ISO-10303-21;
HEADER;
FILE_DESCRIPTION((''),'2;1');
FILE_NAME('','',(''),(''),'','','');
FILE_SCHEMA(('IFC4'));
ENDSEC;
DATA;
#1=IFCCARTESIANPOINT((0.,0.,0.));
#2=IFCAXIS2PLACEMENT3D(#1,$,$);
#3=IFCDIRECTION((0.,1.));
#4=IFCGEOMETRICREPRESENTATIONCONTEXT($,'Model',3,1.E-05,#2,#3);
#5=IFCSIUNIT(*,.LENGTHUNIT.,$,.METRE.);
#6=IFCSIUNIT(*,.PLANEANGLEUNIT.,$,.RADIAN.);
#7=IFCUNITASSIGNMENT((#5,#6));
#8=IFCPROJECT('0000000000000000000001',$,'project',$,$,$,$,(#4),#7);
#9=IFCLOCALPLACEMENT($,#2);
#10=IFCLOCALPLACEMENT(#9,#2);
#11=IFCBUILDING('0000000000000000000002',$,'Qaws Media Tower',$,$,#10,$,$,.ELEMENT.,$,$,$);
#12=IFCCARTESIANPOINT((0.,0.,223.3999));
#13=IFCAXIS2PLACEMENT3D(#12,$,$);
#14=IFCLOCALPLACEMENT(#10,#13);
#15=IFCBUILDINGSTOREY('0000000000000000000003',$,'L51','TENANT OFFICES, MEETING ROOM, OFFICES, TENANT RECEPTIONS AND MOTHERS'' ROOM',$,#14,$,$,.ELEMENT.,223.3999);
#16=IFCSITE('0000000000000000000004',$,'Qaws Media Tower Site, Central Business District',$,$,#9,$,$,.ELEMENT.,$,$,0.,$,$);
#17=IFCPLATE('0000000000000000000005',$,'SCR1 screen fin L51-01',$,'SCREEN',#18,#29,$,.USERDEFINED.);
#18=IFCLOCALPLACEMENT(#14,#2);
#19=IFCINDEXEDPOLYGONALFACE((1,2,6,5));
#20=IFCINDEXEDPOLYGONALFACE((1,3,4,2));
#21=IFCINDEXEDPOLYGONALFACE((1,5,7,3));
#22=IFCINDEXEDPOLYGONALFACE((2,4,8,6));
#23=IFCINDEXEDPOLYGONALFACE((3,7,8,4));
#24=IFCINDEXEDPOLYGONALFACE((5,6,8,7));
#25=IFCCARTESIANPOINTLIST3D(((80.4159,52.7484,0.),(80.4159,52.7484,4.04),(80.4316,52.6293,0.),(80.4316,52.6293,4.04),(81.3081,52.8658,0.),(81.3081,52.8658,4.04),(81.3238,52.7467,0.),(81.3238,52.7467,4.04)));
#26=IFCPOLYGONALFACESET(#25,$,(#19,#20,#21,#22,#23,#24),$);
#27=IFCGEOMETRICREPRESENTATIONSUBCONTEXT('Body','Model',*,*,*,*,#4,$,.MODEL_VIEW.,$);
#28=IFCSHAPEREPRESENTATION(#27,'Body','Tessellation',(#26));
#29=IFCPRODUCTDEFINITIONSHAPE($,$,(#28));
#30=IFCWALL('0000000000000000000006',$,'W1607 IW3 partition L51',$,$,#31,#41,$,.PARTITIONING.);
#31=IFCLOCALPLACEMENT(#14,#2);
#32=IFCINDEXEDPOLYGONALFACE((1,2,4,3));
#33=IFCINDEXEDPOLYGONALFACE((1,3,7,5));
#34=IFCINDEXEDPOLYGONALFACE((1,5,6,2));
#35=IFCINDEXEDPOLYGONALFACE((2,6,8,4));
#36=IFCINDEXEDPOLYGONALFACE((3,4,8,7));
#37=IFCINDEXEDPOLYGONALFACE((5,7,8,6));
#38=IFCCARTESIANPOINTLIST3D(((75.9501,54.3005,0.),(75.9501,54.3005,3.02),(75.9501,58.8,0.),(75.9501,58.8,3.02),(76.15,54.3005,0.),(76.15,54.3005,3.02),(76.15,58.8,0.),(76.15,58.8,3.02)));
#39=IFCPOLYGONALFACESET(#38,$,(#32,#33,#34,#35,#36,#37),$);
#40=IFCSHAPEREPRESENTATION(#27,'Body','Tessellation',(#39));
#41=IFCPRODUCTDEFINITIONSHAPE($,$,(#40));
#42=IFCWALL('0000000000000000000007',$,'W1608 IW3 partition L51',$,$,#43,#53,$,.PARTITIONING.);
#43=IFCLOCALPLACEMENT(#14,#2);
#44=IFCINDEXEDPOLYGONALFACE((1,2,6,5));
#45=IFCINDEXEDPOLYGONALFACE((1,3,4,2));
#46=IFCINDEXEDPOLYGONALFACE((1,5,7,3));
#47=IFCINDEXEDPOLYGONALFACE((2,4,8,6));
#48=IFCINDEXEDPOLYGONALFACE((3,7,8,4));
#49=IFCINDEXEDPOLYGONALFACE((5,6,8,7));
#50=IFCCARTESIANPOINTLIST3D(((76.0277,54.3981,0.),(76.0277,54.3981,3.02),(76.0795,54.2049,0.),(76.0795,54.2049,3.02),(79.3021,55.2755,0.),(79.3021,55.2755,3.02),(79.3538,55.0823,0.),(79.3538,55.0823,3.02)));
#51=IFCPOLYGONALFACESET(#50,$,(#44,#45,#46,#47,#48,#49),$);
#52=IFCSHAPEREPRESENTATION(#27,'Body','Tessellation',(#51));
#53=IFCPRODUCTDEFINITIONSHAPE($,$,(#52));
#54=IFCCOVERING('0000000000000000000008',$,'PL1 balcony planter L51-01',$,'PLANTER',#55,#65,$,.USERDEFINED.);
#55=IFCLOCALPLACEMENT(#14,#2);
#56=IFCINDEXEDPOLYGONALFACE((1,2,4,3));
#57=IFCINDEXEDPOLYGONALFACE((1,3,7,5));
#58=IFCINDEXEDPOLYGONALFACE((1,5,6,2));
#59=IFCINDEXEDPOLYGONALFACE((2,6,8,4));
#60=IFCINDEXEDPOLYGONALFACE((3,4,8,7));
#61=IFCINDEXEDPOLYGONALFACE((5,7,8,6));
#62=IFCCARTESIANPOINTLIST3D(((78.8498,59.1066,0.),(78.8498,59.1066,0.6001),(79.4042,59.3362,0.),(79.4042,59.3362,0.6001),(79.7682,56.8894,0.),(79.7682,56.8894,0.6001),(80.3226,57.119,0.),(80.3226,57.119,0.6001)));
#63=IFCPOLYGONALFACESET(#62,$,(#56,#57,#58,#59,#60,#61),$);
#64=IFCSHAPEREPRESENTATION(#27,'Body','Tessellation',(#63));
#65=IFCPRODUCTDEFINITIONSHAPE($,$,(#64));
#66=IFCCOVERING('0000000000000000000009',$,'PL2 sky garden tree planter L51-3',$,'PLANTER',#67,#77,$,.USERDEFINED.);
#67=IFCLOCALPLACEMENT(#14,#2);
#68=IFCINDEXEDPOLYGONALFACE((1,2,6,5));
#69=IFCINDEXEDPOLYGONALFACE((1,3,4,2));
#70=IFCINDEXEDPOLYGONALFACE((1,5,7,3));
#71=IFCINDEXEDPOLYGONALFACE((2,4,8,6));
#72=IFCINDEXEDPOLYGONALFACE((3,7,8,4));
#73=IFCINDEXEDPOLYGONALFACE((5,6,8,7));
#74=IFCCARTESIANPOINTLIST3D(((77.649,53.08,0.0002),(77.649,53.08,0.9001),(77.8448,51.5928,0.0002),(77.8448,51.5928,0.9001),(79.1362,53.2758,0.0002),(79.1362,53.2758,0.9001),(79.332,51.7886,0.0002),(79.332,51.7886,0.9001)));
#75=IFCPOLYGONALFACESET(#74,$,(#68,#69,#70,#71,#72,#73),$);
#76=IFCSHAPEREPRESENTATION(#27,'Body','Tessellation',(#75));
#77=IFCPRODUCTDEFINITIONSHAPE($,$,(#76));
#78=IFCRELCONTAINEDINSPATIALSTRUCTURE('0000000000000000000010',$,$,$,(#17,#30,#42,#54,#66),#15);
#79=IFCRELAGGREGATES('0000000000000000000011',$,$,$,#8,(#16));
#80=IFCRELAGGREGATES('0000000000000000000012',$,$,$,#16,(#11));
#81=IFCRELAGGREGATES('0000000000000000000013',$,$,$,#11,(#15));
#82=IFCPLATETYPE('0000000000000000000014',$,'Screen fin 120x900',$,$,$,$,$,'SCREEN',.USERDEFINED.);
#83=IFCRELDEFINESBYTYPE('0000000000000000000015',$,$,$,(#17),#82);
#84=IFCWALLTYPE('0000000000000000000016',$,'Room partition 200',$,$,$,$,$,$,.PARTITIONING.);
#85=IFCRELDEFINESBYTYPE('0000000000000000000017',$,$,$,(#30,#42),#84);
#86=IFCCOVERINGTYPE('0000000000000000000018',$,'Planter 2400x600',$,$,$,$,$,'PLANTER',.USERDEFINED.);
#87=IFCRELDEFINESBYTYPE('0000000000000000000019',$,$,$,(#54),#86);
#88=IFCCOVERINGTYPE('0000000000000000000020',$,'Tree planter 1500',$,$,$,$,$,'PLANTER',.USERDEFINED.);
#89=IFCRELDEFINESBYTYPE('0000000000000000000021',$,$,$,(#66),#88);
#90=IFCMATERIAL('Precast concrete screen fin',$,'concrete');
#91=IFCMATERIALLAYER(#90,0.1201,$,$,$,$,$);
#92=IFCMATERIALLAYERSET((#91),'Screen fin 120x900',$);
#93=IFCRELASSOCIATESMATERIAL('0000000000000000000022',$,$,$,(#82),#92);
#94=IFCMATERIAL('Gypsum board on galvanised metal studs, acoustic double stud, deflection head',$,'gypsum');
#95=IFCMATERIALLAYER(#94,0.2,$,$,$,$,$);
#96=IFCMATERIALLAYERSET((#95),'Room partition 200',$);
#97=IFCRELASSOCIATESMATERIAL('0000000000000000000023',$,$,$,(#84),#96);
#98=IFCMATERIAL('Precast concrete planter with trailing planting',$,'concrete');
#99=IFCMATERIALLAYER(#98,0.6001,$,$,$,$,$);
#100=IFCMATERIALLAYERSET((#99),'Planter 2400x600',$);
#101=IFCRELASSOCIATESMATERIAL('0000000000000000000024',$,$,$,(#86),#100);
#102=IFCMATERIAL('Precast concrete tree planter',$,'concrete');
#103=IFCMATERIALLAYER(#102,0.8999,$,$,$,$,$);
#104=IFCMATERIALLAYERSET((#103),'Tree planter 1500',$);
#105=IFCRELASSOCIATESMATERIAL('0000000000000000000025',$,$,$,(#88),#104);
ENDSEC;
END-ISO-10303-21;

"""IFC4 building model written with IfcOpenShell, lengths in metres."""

from ifc_helpers import new_model, si_unit, direction, frame, frame_2d, origin, origin_2d, place, context, subcontext, project, spatial, rectangle, extrude, material, layer, layer_set, type_object, element, save


model = new_model("IFC4")

# Units and contexts
model_context = context("Model", 3, precision=1e-05, world=origin(), true_north=direction((0.0, 1.0)))
body_context = subcontext(model_context, "Body", "Model", "MODEL_VIEW")
ifc_project = project(units=[si_unit("LENGTHUNIT", "METRE"), si_unit("PLANEANGLEUNIT", "RADIAN")], contexts=[model_context])

# Site, building, storey
site_placement = place(None, origin())
site = spatial("IfcSite", under=ifc_project, at=site_placement, Name="Qaws Media Tower Site, Central Business District", CompositionType="ELEMENT", RefElevation=0.0)
building_placement = place(site_placement, origin())
building = spatial("IfcBuilding", under=site, at=building_placement, Name="Qaws Media Tower", CompositionType="ELEMENT")
storey_placement = place(building_placement, frame((0.0, 0.0, 223.3999)))
storey = spatial("IfcBuildingStorey", under=building, at=storey_placement, Name="L51", Description="TENANT OFFICES, MEETING ROOM, OFFICES, TENANT RECEPTIONS AND MOTHERS' ROOM", CompositionType="ELEMENT", Elevation=223.3999)

# Plate
ifc_material_1 = material(Name="Precast concrete screen fin", Category="concrete")
ifc_layer_1 = layer(ifc_material_1, 0.1201)
ifc_layer_set_1 = layer_set([ifc_layer_1], Name="Screen fin 120x900")
plate_type_1 = type_object("IfcPlateType", Name="Screen fin 120x900", ElementType="SCREEN", PredefinedType="USERDEFINED", material=ifc_layer_set_1)
plate_1_placement = place(storey_placement, frame((80.8699, 52.7476, 0.0), z_axis=(0.0, 0.0, 1.0), x_axis=(0.991445, 0.130526, 0.0)))
element("IfcPlate", 1, at=plate_1_placement, inside=storey, type_object=plate_type_1, Name="SCR1 screen fin L51-01", ObjectType="SCREEN", PredefinedType="USERDEFINED", context=body_context, shape_type="SweptSolid", body=[
    extrude(rectangle(XDim=0.8999, YDim=0.1201, at=origin_2d()), origin(), (0.0, 0.0, 1.0), 4.04),
])

# Walls
ifc_material_2 = material(Name="Gypsum board on galvanised metal studs, acoustic double stud, deflection head", Category="gypsum")
ifc_layer_2 = layer(ifc_material_2, 0.2)
ifc_layer_set_2 = layer_set([ifc_layer_2], Name="Room partition 200")
wall_type_1 = type_object("IfcWallType", Name="Room partition 200", PredefinedType="PARTITIONING", material=ifc_layer_set_2)
wall_1_placement = place(storey_placement, frame((76.05, 58.8, 0.0), z_axis=(0.0, 0.0, 1.0), x_axis=(0.0, -1.0, 0.0)))
element("IfcWall", 2, at=wall_1_placement, inside=storey, type_object=wall_type_1, Name="W1607 IW3 partition L51", PredefinedType="PARTITIONING", context=body_context, shape_type="SweptSolid", body=[
    extrude(rectangle(XDim=4.4995, YDim=0.2, at=frame_2d((2.2498, 0.0))), origin(), (0.0, 0.0, 1.0), 3.02),
])
wall_2_placement = place(storey_placement, frame((76.0537, 54.3015, 0.0), z_axis=(0.0, 0.0, 1.0), x_axis=(0.965921, 0.258837, 0.0)))
element("IfcWall", 3, at=wall_2_placement, inside=storey, type_object=wall_type_1, Name="W1608 IW3 partition L51", PredefinedType="PARTITIONING", context=body_context, shape_type="SweptSolid", body=[
    extrude(rectangle(XDim=3.3899, YDim=0.2, at=frame_2d((1.6948, 0.0))), origin(), (0.0, 0.0, 1.0), 3.02),
])

# Coverings
ifc_material_3 = material(Name="Precast concrete planter with trailing planting", Category="concrete")
ifc_layer_3 = layer(ifc_material_3, 0.6001)
ifc_layer_set_3 = layer_set([ifc_layer_3], Name="Planter 2400x600")
covering_type_1 = type_object("IfcCoveringType", Name="Planter 2400x600", ElementType="PLANTER", PredefinedType="USERDEFINED", material=ifc_layer_set_3)
covering_1_placement = place(storey_placement, frame((79.5862, 58.1128, 0.0), z_axis=(0.0, 0.0, 1.0), x_axis=(-0.382683, 0.92388, 0.0)))
element("IfcCovering", 4, at=covering_1_placement, inside=storey, type_object=covering_type_1, Name="PL1 balcony planter L51-01", ObjectType="PLANTER", PredefinedType="USERDEFINED", context=body_context, shape_type="SweptSolid", body=[
    extrude(rectangle(XDim=2.3999, YDim=0.6001, at=origin_2d()), origin(), (0.0, 0.0, 1.0), 0.6001),
])
ifc_material_4 = material(Name="Precast concrete tree planter", Category="concrete")
ifc_layer_4 = layer(ifc_material_4, 0.8999)
ifc_layer_set_4 = layer_set([ifc_layer_4], Name="Tree planter 1500")
covering_type_2 = type_object("IfcCoveringType", Name="Tree planter 1500", ElementType="PLANTER", PredefinedType="USERDEFINED", material=ifc_layer_set_4)
covering_2_placement = place(storey_placement, frame((78.4905, 52.4343, 0.0002), z_axis=(0.0, 0.0, 1.0), x_axis=(0.991445, 0.130526, 0.0)))
element("IfcCovering", 5, at=covering_2_placement, inside=storey, type_object=covering_type_2, Name="PL2 sky garden tree planter L51-3", ObjectType="PLANTER", PredefinedType="USERDEFINED", context=body_context, shape_type="SweptSolid", body=[
    extrude(rectangle(XDim=1.5, YDim=1.5, at=origin_2d()), origin(), (0.0, 0.0, 1.0), 0.8999),
])

save(model, "model.ifc")
